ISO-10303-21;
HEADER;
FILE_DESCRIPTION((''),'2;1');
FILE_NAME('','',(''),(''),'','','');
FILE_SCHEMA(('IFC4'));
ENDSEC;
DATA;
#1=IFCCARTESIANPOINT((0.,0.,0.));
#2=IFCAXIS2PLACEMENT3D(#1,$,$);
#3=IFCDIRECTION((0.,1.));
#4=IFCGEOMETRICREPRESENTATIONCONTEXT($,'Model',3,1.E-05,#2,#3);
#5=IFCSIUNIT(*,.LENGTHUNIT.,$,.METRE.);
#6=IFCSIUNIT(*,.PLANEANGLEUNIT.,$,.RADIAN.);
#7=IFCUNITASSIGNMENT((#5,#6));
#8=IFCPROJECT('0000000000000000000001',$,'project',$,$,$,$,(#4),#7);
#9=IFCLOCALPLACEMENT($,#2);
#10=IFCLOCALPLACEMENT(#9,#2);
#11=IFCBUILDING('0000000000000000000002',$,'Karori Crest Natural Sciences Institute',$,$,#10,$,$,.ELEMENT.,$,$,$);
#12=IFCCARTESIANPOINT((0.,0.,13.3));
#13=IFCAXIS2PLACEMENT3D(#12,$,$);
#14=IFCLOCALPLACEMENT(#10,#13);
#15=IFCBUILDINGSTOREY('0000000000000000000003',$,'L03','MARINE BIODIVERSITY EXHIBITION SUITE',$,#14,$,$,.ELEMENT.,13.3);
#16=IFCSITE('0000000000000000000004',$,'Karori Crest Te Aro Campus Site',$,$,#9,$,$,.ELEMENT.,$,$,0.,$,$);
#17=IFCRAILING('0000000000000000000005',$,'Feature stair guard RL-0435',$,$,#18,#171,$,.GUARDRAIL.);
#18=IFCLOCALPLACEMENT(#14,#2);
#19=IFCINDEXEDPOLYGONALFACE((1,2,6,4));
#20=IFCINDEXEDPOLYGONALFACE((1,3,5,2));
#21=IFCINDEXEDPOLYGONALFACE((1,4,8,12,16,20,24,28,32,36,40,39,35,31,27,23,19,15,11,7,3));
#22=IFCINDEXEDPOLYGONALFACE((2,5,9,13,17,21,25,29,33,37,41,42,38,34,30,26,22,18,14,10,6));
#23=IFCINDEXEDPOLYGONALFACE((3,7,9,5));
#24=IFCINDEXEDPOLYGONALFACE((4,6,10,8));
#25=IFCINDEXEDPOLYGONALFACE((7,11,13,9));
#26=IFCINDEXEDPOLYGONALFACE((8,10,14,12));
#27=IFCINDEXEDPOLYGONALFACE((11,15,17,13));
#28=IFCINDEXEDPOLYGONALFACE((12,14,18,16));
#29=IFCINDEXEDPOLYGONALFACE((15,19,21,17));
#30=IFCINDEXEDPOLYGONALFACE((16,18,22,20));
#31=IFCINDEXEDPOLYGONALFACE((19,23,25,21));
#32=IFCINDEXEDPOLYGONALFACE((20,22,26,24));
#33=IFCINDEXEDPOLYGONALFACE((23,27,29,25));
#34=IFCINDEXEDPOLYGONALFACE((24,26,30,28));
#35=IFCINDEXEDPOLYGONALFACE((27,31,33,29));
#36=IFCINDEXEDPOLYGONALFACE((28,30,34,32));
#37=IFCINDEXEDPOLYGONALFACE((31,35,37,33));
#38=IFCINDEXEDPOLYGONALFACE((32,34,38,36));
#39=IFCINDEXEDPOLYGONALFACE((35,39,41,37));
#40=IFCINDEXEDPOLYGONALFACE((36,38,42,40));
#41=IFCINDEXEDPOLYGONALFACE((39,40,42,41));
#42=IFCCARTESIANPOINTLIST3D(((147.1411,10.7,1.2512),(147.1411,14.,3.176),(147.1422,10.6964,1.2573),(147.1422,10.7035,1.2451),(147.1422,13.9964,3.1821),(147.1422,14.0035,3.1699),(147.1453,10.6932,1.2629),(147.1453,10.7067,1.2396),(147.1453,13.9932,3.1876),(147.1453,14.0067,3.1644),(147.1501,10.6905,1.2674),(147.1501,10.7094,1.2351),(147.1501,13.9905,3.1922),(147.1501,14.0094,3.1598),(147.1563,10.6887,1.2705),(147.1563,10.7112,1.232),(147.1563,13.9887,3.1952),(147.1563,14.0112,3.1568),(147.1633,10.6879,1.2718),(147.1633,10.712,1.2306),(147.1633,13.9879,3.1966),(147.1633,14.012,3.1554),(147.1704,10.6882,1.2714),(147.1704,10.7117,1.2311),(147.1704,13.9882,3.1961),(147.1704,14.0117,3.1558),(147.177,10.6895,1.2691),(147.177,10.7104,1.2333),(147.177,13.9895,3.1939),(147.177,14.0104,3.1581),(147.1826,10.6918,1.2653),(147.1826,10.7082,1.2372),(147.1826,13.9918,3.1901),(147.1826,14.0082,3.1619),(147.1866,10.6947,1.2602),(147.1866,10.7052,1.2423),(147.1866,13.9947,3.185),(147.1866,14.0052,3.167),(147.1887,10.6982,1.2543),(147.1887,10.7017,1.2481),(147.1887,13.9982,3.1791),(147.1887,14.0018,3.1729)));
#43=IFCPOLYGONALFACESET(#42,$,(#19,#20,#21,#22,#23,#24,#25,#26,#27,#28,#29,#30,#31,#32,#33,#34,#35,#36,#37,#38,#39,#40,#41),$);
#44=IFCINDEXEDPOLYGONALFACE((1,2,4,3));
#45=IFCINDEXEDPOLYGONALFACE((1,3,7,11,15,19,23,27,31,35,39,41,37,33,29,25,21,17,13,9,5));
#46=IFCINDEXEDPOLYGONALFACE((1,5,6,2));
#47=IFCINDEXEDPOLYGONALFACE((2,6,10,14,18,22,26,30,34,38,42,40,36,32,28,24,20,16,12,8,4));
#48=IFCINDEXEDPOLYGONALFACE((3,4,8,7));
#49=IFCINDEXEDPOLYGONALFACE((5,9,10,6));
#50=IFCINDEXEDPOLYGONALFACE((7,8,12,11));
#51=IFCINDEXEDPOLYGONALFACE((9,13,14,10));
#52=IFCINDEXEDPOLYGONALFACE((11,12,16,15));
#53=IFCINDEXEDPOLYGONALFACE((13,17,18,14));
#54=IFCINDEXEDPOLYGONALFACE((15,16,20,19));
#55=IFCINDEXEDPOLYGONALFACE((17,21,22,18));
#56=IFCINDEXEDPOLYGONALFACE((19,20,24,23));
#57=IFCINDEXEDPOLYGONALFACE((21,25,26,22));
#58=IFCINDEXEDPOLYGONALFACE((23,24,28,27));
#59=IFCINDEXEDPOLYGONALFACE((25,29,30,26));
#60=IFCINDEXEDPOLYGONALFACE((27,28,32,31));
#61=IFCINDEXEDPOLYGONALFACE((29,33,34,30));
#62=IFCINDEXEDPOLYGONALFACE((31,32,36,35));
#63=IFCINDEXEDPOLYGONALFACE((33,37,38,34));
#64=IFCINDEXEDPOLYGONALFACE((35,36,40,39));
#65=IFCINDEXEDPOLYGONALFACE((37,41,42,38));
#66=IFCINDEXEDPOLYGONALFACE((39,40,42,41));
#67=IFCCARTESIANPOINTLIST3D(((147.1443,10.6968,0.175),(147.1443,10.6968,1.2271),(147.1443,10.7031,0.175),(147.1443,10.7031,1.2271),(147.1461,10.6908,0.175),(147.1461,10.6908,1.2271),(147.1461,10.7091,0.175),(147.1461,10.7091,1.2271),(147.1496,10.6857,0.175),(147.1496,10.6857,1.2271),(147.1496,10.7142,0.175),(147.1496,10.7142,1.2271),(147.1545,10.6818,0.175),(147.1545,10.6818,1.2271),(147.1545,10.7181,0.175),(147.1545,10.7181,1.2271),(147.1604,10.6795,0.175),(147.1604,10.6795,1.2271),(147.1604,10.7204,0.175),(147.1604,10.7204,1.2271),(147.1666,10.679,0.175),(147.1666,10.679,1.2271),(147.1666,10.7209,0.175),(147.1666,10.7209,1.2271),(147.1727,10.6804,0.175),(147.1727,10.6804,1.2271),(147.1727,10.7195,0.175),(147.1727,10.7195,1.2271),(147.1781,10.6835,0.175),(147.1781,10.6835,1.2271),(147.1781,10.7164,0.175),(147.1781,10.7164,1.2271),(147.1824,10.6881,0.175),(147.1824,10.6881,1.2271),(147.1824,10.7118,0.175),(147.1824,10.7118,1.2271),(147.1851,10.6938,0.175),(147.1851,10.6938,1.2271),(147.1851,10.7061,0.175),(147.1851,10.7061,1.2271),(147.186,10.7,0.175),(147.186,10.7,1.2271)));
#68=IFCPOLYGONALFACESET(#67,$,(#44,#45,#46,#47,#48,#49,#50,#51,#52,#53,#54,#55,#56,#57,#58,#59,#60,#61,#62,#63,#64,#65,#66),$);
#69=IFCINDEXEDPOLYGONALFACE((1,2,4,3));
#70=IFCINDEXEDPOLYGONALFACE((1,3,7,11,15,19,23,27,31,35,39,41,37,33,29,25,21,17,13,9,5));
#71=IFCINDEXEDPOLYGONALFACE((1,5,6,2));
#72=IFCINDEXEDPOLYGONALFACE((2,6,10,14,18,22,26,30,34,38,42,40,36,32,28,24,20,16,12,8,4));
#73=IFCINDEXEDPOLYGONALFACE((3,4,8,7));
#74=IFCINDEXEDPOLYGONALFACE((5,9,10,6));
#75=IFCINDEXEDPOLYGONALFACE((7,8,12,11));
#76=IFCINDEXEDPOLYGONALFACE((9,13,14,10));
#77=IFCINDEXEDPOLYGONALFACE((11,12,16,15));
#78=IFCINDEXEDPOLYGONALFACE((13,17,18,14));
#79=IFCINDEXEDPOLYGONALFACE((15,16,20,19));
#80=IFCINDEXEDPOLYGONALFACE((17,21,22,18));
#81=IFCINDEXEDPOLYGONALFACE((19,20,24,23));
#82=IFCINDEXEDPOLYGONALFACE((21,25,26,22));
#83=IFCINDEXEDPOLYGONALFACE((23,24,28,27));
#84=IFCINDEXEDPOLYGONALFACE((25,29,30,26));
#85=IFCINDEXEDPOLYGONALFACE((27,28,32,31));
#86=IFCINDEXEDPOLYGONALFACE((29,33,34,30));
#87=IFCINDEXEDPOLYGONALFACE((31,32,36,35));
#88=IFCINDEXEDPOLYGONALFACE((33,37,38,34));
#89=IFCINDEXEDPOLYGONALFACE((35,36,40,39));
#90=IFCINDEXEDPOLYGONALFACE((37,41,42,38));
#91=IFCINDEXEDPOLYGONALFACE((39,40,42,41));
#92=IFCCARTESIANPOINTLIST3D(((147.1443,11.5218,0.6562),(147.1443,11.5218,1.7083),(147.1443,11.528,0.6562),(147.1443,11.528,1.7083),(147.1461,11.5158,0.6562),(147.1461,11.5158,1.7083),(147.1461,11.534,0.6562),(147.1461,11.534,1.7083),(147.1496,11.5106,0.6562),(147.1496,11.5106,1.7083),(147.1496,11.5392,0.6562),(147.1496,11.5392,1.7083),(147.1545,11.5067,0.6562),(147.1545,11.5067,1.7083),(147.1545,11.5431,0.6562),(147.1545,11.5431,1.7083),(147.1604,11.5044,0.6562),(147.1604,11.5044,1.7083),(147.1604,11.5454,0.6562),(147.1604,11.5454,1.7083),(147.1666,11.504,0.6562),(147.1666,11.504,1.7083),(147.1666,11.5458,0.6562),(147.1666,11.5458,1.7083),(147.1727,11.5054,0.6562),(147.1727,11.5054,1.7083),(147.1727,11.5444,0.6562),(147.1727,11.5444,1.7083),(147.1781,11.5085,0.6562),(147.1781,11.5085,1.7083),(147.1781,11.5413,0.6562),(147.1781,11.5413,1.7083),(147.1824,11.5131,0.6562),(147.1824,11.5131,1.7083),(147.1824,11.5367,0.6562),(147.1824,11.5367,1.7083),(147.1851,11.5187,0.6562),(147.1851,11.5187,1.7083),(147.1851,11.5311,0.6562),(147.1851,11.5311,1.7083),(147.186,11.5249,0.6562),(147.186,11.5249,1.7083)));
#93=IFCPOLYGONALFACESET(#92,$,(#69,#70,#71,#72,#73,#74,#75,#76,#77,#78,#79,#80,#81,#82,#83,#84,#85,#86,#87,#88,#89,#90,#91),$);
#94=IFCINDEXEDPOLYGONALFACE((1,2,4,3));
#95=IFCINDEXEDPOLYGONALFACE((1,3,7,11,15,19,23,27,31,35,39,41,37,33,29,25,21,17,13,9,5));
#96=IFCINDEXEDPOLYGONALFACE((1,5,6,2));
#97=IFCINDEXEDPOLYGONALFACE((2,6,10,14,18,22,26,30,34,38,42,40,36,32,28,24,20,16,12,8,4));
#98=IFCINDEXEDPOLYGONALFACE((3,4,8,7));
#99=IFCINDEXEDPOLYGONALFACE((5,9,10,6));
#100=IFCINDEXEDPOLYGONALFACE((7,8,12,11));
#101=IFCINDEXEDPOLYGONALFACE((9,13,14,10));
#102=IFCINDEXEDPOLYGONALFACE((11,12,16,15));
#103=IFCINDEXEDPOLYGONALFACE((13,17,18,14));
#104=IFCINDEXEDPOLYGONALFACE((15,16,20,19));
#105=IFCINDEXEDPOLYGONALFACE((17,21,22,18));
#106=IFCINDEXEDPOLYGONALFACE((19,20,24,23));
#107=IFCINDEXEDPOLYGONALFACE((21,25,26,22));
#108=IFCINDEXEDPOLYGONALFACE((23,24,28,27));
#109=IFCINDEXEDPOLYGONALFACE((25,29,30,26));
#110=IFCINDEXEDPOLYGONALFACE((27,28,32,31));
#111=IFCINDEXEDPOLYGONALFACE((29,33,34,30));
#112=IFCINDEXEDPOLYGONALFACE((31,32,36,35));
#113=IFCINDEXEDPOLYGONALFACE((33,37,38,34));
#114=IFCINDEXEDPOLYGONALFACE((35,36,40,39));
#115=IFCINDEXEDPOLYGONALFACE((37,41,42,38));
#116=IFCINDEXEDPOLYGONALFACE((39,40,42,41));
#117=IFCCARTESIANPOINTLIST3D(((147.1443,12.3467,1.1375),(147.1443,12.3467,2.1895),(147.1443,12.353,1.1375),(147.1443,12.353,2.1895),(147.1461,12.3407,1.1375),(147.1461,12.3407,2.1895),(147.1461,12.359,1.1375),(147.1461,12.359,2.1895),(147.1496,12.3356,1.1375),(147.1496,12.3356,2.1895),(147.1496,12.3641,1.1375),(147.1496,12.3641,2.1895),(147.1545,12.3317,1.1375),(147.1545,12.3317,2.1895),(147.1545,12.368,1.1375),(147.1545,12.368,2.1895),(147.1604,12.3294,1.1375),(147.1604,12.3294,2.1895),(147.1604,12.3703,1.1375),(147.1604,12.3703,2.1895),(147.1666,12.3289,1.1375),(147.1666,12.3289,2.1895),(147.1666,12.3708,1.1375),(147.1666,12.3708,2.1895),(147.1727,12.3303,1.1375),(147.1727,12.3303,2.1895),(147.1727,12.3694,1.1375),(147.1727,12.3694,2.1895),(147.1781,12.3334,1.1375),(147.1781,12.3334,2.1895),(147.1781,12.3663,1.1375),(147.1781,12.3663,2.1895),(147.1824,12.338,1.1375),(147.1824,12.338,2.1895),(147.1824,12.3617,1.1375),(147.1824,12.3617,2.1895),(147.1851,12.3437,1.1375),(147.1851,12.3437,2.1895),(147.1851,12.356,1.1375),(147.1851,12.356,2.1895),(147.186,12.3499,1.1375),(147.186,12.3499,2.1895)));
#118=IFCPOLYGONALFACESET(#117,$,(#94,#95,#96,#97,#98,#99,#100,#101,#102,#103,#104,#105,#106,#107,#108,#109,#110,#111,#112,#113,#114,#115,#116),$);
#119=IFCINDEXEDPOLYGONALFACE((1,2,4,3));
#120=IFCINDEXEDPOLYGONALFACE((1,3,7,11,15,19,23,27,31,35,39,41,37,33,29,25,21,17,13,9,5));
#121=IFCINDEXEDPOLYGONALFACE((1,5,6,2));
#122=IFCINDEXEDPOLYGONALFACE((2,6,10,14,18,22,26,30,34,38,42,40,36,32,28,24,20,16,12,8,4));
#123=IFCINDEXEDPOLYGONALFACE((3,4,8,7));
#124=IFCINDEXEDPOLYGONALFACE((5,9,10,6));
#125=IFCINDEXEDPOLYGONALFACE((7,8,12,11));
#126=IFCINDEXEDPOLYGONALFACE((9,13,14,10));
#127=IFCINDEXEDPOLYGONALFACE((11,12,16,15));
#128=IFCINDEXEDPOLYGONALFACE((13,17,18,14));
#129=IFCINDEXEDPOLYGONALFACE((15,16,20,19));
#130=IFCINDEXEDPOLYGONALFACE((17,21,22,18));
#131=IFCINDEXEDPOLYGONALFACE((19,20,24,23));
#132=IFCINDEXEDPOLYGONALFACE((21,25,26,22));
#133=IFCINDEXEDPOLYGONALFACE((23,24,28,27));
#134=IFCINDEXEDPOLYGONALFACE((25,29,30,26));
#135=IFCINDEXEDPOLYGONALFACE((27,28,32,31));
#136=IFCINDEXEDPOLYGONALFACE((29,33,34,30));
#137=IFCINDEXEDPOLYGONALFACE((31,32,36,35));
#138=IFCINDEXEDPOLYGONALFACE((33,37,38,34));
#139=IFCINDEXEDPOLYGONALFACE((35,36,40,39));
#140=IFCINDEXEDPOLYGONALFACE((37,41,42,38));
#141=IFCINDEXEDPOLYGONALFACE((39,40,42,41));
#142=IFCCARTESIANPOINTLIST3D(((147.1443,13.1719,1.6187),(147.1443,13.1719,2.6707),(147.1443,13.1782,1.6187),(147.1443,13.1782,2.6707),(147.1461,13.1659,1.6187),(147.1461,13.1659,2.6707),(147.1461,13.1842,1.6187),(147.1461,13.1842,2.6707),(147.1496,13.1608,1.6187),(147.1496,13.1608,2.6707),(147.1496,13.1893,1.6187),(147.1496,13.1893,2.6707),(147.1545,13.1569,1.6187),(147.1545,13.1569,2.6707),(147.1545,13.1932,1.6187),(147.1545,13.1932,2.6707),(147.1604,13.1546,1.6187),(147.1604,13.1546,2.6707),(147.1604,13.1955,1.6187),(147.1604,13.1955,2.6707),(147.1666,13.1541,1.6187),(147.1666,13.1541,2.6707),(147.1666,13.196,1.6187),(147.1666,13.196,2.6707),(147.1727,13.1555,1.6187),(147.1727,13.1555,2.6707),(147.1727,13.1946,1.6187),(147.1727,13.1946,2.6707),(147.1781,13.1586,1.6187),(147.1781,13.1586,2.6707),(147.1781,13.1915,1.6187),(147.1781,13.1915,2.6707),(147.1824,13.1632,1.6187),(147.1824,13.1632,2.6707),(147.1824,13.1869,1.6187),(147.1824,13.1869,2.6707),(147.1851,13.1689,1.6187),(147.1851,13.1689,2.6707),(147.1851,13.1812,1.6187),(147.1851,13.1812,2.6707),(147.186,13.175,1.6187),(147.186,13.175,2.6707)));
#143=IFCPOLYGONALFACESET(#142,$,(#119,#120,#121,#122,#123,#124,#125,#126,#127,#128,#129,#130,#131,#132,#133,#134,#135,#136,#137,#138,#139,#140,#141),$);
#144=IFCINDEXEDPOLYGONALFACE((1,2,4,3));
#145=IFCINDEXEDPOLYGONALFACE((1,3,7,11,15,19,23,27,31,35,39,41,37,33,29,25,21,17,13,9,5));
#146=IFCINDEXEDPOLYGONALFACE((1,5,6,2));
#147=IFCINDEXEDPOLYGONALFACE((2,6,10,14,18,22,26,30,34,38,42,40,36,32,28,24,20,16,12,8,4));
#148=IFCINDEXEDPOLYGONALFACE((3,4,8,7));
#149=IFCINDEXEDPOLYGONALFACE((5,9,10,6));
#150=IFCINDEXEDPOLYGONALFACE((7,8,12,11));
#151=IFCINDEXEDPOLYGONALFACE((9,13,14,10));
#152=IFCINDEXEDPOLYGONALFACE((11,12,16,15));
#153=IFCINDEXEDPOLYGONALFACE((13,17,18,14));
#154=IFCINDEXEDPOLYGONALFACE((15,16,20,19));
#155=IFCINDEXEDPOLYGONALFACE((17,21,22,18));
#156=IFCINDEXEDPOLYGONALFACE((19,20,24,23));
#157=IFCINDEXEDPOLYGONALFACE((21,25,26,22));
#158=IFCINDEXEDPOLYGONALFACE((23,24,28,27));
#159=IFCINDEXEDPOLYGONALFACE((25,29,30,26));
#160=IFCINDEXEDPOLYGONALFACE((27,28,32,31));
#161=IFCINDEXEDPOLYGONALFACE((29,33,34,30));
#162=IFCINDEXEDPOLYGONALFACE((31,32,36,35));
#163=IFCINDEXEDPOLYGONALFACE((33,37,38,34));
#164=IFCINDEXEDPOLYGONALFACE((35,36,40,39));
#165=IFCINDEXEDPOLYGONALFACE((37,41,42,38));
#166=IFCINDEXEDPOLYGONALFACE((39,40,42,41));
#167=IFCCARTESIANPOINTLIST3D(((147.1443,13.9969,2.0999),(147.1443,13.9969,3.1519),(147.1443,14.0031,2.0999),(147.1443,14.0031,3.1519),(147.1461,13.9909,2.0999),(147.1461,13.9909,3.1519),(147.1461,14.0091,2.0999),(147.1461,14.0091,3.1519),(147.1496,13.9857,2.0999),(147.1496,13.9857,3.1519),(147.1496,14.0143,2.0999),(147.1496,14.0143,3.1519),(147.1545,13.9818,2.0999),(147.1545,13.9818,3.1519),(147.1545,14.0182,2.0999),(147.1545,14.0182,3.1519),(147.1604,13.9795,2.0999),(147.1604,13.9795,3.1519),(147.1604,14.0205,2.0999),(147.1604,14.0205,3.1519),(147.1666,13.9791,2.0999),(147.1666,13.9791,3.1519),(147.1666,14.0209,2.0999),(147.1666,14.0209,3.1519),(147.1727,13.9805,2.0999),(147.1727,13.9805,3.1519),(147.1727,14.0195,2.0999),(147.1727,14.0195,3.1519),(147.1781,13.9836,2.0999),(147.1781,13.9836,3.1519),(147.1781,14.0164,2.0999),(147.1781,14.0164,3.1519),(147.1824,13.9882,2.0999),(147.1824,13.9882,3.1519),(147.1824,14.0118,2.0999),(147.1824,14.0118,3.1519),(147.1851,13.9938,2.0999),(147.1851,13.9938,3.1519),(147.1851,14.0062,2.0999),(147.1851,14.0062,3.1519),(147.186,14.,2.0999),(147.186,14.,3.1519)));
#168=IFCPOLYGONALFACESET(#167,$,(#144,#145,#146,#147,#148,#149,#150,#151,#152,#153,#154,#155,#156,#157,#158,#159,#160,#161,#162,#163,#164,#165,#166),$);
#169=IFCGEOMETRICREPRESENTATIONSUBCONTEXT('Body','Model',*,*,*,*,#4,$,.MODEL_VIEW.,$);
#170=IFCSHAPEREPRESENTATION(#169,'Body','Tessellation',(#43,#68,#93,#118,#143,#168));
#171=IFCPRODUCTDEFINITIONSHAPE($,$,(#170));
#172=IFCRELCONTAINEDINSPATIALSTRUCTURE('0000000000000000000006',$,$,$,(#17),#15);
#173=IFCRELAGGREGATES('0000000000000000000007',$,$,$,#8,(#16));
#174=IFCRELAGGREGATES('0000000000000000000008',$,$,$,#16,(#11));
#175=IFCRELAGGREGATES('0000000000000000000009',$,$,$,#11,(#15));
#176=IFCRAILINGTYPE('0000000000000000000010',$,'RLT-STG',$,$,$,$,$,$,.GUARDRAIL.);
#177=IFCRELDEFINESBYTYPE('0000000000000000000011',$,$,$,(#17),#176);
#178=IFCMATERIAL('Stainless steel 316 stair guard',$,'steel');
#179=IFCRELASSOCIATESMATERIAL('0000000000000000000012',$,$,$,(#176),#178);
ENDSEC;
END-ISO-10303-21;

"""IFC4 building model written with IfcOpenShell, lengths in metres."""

from ifc_helpers import new_model, si_unit, direction, frame, origin, origin_2d, place, context, subcontext, project, spatial, circle, extrude, material, type_object, element, save


model = new_model("IFC4")

# Units and contexts
model_context = context("Model", 3, precision=1e-05, world=origin(), true_north=direction((0.0, 1.0)))
body_context = subcontext(model_context, "Body", "Model", "MODEL_VIEW")
ifc_project = project(units=[si_unit("LENGTHUNIT", "METRE"), si_unit("PLANEANGLEUNIT", "RADIAN")], contexts=[model_context])

# Site, building, storey
site_placement = place(None, origin())
site = spatial("IfcSite", under=ifc_project, at=site_placement, Name="Karori Crest Te Aro Campus Site", CompositionType="ELEMENT", RefElevation=0.0)
building_placement = place(site_placement, origin())
building = spatial("IfcBuilding", under=site, at=building_placement, Name="Karori Crest Natural Sciences Institute", CompositionType="ELEMENT")
storey_placement = place(building_placement, frame((0.0, 0.0, 13.3)))
storey = spatial("IfcBuildingStorey", under=building, at=storey_placement, Name="L03", Description="MARINE BIODIVERSITY EXHIBITION SUITE", CompositionType="ELEMENT", Elevation=13.3)

# Railing
ifc_material_1 = material(Name="Stainless steel 316 stair guard", Category="steel")
railing_type = type_object("IfcRailingType", Name="RLT-STG", PredefinedType="GUARDRAIL", material=ifc_material_1)
railing_1_placement = place(storey_placement, frame((147.165, 10.7, 0.175)))
element("IfcRailing", 1, at=railing_1_placement, inside=storey, type_object=railing_type, Name="Feature stair guard RL-0435", PredefinedType="GUARDRAIL", context=body_context, shape_type="SweptSolid", body=[
    extrude(circle(Radius=0.0239, at=origin_2d()), frame((0.0, 0.0, 1.0762), z_axis=(0.0, 0.863804, 0.503827), x_axis=(-1.0, 0.0, 0.0)), (0.0, 0.0, 1.0), 3.8203),
    extrude(circle(Radius=0.021, at=origin_2d()), origin(), (0.0, 0.0, 1.0), 1.052),
    extrude(circle(Radius=0.021, at=origin_2d()), frame((0.0, 0.825, 0.4812)), (0.0, 0.0, 1.0), 1.052),
    extrude(circle(Radius=0.021, at=origin_2d()), frame((0.0, 1.6499, 0.9624)), (0.0, 0.0, 1.0), 1.052),
    extrude(circle(Radius=0.021, at=origin_2d()), frame((0.0, 2.4751, 1.4436)), (0.0, 0.0, 1.0), 1.052),
    extrude(circle(Radius=0.021, at=origin_2d()), frame((0.0, 3.3, 1.9248)), (0.0, 0.0, 1.0), 1.052),
])

save(model, "model.ifc")
